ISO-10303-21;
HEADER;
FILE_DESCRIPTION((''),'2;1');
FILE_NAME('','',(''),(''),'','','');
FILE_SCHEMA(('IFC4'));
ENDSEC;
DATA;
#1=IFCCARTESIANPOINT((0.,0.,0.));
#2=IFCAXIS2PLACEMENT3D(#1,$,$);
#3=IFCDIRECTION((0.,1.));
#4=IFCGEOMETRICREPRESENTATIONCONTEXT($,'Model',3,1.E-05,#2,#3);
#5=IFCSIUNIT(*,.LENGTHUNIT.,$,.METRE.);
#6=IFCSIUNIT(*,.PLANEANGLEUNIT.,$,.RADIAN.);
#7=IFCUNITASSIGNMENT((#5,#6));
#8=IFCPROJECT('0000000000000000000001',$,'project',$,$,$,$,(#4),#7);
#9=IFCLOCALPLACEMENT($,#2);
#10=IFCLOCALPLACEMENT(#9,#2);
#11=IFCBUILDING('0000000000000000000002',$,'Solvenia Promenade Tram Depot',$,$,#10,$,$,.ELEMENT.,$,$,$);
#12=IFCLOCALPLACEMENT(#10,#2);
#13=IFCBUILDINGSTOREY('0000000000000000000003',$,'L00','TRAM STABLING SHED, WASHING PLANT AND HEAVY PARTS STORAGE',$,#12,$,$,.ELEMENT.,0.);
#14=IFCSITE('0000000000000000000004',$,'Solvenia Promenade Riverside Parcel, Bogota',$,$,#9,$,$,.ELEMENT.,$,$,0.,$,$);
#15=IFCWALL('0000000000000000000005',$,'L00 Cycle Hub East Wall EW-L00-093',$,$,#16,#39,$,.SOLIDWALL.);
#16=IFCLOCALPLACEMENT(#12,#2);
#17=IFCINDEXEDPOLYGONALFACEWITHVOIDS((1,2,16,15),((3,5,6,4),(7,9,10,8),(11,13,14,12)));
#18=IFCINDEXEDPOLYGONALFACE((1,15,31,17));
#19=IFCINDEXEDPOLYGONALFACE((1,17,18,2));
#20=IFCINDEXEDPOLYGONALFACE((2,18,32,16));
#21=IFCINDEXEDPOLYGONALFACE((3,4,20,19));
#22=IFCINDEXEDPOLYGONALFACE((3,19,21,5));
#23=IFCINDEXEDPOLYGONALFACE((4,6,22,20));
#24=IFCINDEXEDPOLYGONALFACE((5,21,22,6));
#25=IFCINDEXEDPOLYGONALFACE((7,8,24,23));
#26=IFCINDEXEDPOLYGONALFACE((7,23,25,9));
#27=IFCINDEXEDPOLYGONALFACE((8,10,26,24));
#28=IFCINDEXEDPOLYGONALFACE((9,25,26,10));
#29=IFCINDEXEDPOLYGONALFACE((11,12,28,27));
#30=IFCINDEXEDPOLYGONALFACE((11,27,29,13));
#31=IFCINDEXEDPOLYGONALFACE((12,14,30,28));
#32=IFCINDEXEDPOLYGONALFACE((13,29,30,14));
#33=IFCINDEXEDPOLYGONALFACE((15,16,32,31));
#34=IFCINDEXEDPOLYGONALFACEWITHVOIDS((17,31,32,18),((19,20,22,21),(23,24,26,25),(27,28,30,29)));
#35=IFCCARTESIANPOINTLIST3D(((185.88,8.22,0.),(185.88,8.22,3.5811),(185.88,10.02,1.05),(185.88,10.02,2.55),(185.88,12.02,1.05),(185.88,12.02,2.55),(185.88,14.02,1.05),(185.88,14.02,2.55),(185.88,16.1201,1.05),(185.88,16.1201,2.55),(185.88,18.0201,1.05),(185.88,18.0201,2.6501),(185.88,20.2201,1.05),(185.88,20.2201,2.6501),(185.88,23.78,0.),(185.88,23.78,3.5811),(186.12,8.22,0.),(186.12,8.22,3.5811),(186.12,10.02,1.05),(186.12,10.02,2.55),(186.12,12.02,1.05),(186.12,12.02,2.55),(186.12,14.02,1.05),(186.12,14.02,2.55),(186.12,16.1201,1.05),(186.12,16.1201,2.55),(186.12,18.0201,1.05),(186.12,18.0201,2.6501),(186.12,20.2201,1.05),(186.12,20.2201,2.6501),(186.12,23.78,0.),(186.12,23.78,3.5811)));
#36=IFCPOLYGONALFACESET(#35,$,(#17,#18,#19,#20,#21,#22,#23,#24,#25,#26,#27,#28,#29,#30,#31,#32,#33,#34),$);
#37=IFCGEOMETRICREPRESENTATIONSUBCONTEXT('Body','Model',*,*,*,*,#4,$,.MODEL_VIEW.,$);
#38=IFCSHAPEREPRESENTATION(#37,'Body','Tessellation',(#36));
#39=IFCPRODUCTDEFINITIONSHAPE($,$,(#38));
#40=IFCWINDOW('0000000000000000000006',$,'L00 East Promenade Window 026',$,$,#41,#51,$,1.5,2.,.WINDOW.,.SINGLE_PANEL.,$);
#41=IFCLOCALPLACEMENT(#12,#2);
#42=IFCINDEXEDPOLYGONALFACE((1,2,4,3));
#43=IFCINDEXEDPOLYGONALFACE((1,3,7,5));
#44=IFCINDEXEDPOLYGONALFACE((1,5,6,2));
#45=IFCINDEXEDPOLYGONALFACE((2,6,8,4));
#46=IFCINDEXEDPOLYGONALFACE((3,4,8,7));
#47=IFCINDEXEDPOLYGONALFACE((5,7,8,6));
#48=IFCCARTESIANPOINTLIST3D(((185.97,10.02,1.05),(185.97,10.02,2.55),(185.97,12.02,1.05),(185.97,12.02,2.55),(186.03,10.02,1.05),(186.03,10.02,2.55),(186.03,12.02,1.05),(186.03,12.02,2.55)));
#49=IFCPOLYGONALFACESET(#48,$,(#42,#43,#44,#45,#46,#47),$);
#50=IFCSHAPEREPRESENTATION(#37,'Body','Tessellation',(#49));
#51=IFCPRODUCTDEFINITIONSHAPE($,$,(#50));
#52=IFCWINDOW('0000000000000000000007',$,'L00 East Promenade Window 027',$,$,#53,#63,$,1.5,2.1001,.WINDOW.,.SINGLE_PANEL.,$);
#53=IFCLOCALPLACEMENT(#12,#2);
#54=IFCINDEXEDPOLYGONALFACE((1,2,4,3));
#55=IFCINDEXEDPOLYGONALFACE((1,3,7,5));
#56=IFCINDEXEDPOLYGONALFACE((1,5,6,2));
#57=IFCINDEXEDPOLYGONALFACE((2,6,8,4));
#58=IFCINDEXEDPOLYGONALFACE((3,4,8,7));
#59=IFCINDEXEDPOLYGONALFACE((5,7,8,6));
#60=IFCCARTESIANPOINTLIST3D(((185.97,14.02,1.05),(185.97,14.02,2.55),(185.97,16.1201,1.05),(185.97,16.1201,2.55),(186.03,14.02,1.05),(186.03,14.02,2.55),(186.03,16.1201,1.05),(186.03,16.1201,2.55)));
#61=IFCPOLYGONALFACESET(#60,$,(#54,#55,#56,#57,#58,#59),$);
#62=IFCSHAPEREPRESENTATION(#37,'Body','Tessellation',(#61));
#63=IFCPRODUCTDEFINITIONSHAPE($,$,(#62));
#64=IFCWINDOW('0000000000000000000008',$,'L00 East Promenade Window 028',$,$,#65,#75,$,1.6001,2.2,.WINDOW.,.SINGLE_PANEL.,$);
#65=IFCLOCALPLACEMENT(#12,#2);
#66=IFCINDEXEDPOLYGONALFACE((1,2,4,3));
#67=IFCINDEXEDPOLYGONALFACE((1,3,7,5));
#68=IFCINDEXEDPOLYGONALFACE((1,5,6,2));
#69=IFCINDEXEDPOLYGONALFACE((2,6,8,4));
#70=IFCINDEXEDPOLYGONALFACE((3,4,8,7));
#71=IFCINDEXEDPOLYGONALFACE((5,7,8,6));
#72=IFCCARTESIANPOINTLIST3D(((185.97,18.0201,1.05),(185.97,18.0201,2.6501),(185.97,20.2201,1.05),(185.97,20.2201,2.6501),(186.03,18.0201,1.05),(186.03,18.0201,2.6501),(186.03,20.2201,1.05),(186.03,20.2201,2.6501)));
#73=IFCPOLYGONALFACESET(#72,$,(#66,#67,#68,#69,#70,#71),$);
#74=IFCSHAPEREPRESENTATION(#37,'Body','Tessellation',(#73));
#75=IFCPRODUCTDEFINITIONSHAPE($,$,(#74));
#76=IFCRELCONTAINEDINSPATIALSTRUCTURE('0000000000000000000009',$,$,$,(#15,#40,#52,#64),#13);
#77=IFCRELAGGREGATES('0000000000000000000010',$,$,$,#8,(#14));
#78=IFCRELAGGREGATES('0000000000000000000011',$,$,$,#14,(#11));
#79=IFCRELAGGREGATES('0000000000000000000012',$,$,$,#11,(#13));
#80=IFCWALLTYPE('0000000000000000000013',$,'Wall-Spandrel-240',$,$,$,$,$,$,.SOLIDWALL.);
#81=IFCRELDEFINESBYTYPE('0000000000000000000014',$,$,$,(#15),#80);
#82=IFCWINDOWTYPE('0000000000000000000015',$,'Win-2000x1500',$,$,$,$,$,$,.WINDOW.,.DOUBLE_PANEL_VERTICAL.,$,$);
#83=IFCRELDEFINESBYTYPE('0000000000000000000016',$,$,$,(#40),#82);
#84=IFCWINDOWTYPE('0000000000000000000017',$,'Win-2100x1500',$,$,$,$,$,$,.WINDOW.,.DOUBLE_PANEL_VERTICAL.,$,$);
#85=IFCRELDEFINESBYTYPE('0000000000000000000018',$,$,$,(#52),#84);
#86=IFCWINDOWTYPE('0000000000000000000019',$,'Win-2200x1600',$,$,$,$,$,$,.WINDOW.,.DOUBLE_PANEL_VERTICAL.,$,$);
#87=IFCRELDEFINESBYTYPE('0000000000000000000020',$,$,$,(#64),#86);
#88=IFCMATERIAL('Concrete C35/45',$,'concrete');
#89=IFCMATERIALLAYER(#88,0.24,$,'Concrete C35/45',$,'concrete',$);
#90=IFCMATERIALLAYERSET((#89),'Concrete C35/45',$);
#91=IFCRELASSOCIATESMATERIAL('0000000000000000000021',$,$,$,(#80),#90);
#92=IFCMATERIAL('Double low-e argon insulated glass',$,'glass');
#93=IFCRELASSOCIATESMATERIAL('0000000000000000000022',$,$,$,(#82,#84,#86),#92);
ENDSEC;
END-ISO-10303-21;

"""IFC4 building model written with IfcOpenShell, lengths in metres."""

from ifc_helpers import new_model, si_unit, direction, frame, frame_2d, origin, place, context, subcontext, project, spatial, rectangle, extrude, material, layer, layer_set, type_object, element, fill, save


model = new_model("IFC4")

# Units and contexts
model_context = context("Model", 3, precision=1e-05, world=origin(), true_north=direction((0.0, 1.0)))
body_context = subcontext(model_context, "Body", "Model", "MODEL_VIEW")
ifc_project = project(units=[si_unit("LENGTHUNIT", "METRE"), si_unit("PLANEANGLEUNIT", "RADIAN")], contexts=[model_context])

# Site, building, storey
site_placement = place(None, origin())
site = spatial("IfcSite", under=ifc_project, at=site_placement, Name="Solvenia Promenade Riverside Parcel, Bogota", CompositionType="ELEMENT", RefElevation=0.0)
building_placement = place(site_placement, origin())
building = spatial("IfcBuilding", under=site, at=building_placement, Name="Solvenia Promenade Tram Depot", CompositionType="ELEMENT")
storey_placement = place(building_placement, origin())
storey = spatial("IfcBuildingStorey", under=building, at=storey_placement, Name="L00", Description="TRAM STABLING SHED, WASHING PLANT AND HEAVY PARTS STORAGE", CompositionType="ELEMENT", Elevation=0.0)

# Shared definitions
ifc_material_1 = material(Name="Concrete C35/45", Category="concrete")
ifc_layer_1 = layer(ifc_material_1, 0.24, Name="Concrete C35/45", Category="concrete")
ifc_layer_set_1 = layer_set([ifc_layer_1], Name="Concrete C35/45")
wall_type_1 = type_object("IfcWallType", Name="Wall-Spandrel-240", PredefinedType="SOLIDWALL", material=ifc_layer_set_1)

# Wall, openings, windows
wall_1_placement = place(storey_placement, frame((186.0, 8.22, 0.0), z_axis=(0.0, 0.0, 1.0), x_axis=(0.0, 1.0, 0.0)))
wall_1 = element("IfcWall", 1, at=wall_1_placement, inside=storey, type_object=wall_type_1, Name="L00 Cycle Hub East Wall EW-L00-093", PredefinedType="SOLIDWALL", context=body_context, shape_type="SweptSolid", body=[
    extrude(rectangle(XDim=15.5601, YDim=0.24, at=frame_2d((7.78, 0.0))), origin(), (0.0, 0.0, 1.0), 3.5811),
])
opening_1_placement = place(wall_1_placement, frame((1.8, 0.0, 1.05)))
opening_1 = element("IfcOpeningElement", 2, at=opening_1_placement, cuts=wall_1, PredefinedType="OPENING", context=body_context, shape_type="SweptSolid", body=[
    extrude(rectangle(XDim=2.0, YDim=1.5, at=frame_2d((1.0, 0.75))), frame((0.0, 0.1299, 0.0), z_axis=(0.0, -1.0, 0.0), x_axis=(1.0, 0.0, 0.0)), (0.0, 0.0, 1.0), 0.26),
])
opening_2_placement = place(wall_1_placement, frame((5.8, 0.0, 1.05)))
opening_2 = element("IfcOpeningElement", 3, at=opening_2_placement, cuts=wall_1, PredefinedType="OPENING", context=body_context, shape_type="SweptSolid", body=[
    extrude(rectangle(XDim=2.1001, YDim=1.5, at=frame_2d((1.05, 0.75))), frame((0.0, 0.1299, 0.0), z_axis=(0.0, -1.0, 0.0), x_axis=(1.0, 0.0, 0.0)), (0.0, 0.0, 1.0), 0.26),
])
opening_3_placement = place(wall_1_placement, frame((9.8, 0.0, 1.05)))
opening_3 = element("IfcOpeningElement", 4, at=opening_3_placement, cuts=wall_1, PredefinedType="OPENING", context=body_context, shape_type="SweptSolid", body=[
    extrude(rectangle(XDim=2.2, YDim=1.6001, at=frame_2d((1.1001, 0.8))), frame((0.0, 0.1299, 0.0), z_axis=(0.0, -1.0, 0.0), x_axis=(1.0, 0.0, 0.0)), (0.0, 0.0, 1.0), 0.26),
])
ifc_material_2 = material(Name="Double low-e argon insulated glass", Category="glass")
window_type_1 = type_object("IfcWindowType", Name="Win-2000x1500", PartitioningType="DOUBLE_PANEL_VERTICAL", PredefinedType="WINDOW", material=ifc_material_2)
window_1_placement = place(opening_1_placement, origin())
window_1 = element("IfcWindow", 5, at=window_1_placement, inside=storey, type_object=window_type_1, Name="L00 East Promenade Window 026", OverallHeight=1.5, OverallWidth=2.0, PartitioningType="SINGLE_PANEL", PredefinedType="WINDOW", context=body_context, shape_type="SweptSolid", body=[
    extrude(rectangle(XDim=2.0, YDim=1.5, at=frame_2d((1.0, 0.75))), frame((0.0, 0.03, 0.0), z_axis=(0.0, -1.0, 0.0), x_axis=(1.0, 0.0, 0.0)), (0.0, 0.0, 1.0), 0.0601),
])
fill(opening_1, window_1)
window_type_2 = type_object("IfcWindowType", Name="Win-2100x1500", PartitioningType="DOUBLE_PANEL_VERTICAL", PredefinedType="WINDOW", material=ifc_material_2)
window_2_placement = place(opening_2_placement, origin())
window_2 = element("IfcWindow", 6, at=window_2_placement, inside=storey, type_object=window_type_2, Name="L00 East Promenade Window 027", OverallHeight=1.5, OverallWidth=2.1001, PartitioningType="SINGLE_PANEL", PredefinedType="WINDOW", context=body_context, shape_type="SweptSolid", body=[
    extrude(rectangle(XDim=2.1001, YDim=1.5, at=frame_2d((1.05, 0.75))), frame((0.0, 0.03, 0.0), z_axis=(0.0, -1.0, 0.0), x_axis=(1.0, 0.0, 0.0)), (0.0, 0.0, 1.0), 0.0601),
])
fill(opening_2, window_2)
window_type_3 = type_object("IfcWindowType", Name="Win-2200x1600", PartitioningType="DOUBLE_PANEL_VERTICAL", PredefinedType="WINDOW", material=ifc_material_2)
window_3_placement = place(opening_3_placement, origin())
window_3 = element("IfcWindow", 7, at=window_3_placement, inside=storey, type_object=window_type_3, Name="L00 East Promenade Window 028", OverallHeight=1.6001, OverallWidth=2.2, PartitioningType="SINGLE_PANEL", PredefinedType="WINDOW", context=body_context, shape_type="SweptSolid", body=[
    extrude(rectangle(XDim=2.2, YDim=1.6001, at=frame_2d((1.1001, 0.8))), frame((0.0, 0.03, 0.0), z_axis=(0.0, -1.0, 0.0), x_axis=(1.0, 0.0, 0.0)), (0.0, 0.0, 1.0), 0.0601),
])
fill(opening_3, window_3)

save(model, "model.ifc")
